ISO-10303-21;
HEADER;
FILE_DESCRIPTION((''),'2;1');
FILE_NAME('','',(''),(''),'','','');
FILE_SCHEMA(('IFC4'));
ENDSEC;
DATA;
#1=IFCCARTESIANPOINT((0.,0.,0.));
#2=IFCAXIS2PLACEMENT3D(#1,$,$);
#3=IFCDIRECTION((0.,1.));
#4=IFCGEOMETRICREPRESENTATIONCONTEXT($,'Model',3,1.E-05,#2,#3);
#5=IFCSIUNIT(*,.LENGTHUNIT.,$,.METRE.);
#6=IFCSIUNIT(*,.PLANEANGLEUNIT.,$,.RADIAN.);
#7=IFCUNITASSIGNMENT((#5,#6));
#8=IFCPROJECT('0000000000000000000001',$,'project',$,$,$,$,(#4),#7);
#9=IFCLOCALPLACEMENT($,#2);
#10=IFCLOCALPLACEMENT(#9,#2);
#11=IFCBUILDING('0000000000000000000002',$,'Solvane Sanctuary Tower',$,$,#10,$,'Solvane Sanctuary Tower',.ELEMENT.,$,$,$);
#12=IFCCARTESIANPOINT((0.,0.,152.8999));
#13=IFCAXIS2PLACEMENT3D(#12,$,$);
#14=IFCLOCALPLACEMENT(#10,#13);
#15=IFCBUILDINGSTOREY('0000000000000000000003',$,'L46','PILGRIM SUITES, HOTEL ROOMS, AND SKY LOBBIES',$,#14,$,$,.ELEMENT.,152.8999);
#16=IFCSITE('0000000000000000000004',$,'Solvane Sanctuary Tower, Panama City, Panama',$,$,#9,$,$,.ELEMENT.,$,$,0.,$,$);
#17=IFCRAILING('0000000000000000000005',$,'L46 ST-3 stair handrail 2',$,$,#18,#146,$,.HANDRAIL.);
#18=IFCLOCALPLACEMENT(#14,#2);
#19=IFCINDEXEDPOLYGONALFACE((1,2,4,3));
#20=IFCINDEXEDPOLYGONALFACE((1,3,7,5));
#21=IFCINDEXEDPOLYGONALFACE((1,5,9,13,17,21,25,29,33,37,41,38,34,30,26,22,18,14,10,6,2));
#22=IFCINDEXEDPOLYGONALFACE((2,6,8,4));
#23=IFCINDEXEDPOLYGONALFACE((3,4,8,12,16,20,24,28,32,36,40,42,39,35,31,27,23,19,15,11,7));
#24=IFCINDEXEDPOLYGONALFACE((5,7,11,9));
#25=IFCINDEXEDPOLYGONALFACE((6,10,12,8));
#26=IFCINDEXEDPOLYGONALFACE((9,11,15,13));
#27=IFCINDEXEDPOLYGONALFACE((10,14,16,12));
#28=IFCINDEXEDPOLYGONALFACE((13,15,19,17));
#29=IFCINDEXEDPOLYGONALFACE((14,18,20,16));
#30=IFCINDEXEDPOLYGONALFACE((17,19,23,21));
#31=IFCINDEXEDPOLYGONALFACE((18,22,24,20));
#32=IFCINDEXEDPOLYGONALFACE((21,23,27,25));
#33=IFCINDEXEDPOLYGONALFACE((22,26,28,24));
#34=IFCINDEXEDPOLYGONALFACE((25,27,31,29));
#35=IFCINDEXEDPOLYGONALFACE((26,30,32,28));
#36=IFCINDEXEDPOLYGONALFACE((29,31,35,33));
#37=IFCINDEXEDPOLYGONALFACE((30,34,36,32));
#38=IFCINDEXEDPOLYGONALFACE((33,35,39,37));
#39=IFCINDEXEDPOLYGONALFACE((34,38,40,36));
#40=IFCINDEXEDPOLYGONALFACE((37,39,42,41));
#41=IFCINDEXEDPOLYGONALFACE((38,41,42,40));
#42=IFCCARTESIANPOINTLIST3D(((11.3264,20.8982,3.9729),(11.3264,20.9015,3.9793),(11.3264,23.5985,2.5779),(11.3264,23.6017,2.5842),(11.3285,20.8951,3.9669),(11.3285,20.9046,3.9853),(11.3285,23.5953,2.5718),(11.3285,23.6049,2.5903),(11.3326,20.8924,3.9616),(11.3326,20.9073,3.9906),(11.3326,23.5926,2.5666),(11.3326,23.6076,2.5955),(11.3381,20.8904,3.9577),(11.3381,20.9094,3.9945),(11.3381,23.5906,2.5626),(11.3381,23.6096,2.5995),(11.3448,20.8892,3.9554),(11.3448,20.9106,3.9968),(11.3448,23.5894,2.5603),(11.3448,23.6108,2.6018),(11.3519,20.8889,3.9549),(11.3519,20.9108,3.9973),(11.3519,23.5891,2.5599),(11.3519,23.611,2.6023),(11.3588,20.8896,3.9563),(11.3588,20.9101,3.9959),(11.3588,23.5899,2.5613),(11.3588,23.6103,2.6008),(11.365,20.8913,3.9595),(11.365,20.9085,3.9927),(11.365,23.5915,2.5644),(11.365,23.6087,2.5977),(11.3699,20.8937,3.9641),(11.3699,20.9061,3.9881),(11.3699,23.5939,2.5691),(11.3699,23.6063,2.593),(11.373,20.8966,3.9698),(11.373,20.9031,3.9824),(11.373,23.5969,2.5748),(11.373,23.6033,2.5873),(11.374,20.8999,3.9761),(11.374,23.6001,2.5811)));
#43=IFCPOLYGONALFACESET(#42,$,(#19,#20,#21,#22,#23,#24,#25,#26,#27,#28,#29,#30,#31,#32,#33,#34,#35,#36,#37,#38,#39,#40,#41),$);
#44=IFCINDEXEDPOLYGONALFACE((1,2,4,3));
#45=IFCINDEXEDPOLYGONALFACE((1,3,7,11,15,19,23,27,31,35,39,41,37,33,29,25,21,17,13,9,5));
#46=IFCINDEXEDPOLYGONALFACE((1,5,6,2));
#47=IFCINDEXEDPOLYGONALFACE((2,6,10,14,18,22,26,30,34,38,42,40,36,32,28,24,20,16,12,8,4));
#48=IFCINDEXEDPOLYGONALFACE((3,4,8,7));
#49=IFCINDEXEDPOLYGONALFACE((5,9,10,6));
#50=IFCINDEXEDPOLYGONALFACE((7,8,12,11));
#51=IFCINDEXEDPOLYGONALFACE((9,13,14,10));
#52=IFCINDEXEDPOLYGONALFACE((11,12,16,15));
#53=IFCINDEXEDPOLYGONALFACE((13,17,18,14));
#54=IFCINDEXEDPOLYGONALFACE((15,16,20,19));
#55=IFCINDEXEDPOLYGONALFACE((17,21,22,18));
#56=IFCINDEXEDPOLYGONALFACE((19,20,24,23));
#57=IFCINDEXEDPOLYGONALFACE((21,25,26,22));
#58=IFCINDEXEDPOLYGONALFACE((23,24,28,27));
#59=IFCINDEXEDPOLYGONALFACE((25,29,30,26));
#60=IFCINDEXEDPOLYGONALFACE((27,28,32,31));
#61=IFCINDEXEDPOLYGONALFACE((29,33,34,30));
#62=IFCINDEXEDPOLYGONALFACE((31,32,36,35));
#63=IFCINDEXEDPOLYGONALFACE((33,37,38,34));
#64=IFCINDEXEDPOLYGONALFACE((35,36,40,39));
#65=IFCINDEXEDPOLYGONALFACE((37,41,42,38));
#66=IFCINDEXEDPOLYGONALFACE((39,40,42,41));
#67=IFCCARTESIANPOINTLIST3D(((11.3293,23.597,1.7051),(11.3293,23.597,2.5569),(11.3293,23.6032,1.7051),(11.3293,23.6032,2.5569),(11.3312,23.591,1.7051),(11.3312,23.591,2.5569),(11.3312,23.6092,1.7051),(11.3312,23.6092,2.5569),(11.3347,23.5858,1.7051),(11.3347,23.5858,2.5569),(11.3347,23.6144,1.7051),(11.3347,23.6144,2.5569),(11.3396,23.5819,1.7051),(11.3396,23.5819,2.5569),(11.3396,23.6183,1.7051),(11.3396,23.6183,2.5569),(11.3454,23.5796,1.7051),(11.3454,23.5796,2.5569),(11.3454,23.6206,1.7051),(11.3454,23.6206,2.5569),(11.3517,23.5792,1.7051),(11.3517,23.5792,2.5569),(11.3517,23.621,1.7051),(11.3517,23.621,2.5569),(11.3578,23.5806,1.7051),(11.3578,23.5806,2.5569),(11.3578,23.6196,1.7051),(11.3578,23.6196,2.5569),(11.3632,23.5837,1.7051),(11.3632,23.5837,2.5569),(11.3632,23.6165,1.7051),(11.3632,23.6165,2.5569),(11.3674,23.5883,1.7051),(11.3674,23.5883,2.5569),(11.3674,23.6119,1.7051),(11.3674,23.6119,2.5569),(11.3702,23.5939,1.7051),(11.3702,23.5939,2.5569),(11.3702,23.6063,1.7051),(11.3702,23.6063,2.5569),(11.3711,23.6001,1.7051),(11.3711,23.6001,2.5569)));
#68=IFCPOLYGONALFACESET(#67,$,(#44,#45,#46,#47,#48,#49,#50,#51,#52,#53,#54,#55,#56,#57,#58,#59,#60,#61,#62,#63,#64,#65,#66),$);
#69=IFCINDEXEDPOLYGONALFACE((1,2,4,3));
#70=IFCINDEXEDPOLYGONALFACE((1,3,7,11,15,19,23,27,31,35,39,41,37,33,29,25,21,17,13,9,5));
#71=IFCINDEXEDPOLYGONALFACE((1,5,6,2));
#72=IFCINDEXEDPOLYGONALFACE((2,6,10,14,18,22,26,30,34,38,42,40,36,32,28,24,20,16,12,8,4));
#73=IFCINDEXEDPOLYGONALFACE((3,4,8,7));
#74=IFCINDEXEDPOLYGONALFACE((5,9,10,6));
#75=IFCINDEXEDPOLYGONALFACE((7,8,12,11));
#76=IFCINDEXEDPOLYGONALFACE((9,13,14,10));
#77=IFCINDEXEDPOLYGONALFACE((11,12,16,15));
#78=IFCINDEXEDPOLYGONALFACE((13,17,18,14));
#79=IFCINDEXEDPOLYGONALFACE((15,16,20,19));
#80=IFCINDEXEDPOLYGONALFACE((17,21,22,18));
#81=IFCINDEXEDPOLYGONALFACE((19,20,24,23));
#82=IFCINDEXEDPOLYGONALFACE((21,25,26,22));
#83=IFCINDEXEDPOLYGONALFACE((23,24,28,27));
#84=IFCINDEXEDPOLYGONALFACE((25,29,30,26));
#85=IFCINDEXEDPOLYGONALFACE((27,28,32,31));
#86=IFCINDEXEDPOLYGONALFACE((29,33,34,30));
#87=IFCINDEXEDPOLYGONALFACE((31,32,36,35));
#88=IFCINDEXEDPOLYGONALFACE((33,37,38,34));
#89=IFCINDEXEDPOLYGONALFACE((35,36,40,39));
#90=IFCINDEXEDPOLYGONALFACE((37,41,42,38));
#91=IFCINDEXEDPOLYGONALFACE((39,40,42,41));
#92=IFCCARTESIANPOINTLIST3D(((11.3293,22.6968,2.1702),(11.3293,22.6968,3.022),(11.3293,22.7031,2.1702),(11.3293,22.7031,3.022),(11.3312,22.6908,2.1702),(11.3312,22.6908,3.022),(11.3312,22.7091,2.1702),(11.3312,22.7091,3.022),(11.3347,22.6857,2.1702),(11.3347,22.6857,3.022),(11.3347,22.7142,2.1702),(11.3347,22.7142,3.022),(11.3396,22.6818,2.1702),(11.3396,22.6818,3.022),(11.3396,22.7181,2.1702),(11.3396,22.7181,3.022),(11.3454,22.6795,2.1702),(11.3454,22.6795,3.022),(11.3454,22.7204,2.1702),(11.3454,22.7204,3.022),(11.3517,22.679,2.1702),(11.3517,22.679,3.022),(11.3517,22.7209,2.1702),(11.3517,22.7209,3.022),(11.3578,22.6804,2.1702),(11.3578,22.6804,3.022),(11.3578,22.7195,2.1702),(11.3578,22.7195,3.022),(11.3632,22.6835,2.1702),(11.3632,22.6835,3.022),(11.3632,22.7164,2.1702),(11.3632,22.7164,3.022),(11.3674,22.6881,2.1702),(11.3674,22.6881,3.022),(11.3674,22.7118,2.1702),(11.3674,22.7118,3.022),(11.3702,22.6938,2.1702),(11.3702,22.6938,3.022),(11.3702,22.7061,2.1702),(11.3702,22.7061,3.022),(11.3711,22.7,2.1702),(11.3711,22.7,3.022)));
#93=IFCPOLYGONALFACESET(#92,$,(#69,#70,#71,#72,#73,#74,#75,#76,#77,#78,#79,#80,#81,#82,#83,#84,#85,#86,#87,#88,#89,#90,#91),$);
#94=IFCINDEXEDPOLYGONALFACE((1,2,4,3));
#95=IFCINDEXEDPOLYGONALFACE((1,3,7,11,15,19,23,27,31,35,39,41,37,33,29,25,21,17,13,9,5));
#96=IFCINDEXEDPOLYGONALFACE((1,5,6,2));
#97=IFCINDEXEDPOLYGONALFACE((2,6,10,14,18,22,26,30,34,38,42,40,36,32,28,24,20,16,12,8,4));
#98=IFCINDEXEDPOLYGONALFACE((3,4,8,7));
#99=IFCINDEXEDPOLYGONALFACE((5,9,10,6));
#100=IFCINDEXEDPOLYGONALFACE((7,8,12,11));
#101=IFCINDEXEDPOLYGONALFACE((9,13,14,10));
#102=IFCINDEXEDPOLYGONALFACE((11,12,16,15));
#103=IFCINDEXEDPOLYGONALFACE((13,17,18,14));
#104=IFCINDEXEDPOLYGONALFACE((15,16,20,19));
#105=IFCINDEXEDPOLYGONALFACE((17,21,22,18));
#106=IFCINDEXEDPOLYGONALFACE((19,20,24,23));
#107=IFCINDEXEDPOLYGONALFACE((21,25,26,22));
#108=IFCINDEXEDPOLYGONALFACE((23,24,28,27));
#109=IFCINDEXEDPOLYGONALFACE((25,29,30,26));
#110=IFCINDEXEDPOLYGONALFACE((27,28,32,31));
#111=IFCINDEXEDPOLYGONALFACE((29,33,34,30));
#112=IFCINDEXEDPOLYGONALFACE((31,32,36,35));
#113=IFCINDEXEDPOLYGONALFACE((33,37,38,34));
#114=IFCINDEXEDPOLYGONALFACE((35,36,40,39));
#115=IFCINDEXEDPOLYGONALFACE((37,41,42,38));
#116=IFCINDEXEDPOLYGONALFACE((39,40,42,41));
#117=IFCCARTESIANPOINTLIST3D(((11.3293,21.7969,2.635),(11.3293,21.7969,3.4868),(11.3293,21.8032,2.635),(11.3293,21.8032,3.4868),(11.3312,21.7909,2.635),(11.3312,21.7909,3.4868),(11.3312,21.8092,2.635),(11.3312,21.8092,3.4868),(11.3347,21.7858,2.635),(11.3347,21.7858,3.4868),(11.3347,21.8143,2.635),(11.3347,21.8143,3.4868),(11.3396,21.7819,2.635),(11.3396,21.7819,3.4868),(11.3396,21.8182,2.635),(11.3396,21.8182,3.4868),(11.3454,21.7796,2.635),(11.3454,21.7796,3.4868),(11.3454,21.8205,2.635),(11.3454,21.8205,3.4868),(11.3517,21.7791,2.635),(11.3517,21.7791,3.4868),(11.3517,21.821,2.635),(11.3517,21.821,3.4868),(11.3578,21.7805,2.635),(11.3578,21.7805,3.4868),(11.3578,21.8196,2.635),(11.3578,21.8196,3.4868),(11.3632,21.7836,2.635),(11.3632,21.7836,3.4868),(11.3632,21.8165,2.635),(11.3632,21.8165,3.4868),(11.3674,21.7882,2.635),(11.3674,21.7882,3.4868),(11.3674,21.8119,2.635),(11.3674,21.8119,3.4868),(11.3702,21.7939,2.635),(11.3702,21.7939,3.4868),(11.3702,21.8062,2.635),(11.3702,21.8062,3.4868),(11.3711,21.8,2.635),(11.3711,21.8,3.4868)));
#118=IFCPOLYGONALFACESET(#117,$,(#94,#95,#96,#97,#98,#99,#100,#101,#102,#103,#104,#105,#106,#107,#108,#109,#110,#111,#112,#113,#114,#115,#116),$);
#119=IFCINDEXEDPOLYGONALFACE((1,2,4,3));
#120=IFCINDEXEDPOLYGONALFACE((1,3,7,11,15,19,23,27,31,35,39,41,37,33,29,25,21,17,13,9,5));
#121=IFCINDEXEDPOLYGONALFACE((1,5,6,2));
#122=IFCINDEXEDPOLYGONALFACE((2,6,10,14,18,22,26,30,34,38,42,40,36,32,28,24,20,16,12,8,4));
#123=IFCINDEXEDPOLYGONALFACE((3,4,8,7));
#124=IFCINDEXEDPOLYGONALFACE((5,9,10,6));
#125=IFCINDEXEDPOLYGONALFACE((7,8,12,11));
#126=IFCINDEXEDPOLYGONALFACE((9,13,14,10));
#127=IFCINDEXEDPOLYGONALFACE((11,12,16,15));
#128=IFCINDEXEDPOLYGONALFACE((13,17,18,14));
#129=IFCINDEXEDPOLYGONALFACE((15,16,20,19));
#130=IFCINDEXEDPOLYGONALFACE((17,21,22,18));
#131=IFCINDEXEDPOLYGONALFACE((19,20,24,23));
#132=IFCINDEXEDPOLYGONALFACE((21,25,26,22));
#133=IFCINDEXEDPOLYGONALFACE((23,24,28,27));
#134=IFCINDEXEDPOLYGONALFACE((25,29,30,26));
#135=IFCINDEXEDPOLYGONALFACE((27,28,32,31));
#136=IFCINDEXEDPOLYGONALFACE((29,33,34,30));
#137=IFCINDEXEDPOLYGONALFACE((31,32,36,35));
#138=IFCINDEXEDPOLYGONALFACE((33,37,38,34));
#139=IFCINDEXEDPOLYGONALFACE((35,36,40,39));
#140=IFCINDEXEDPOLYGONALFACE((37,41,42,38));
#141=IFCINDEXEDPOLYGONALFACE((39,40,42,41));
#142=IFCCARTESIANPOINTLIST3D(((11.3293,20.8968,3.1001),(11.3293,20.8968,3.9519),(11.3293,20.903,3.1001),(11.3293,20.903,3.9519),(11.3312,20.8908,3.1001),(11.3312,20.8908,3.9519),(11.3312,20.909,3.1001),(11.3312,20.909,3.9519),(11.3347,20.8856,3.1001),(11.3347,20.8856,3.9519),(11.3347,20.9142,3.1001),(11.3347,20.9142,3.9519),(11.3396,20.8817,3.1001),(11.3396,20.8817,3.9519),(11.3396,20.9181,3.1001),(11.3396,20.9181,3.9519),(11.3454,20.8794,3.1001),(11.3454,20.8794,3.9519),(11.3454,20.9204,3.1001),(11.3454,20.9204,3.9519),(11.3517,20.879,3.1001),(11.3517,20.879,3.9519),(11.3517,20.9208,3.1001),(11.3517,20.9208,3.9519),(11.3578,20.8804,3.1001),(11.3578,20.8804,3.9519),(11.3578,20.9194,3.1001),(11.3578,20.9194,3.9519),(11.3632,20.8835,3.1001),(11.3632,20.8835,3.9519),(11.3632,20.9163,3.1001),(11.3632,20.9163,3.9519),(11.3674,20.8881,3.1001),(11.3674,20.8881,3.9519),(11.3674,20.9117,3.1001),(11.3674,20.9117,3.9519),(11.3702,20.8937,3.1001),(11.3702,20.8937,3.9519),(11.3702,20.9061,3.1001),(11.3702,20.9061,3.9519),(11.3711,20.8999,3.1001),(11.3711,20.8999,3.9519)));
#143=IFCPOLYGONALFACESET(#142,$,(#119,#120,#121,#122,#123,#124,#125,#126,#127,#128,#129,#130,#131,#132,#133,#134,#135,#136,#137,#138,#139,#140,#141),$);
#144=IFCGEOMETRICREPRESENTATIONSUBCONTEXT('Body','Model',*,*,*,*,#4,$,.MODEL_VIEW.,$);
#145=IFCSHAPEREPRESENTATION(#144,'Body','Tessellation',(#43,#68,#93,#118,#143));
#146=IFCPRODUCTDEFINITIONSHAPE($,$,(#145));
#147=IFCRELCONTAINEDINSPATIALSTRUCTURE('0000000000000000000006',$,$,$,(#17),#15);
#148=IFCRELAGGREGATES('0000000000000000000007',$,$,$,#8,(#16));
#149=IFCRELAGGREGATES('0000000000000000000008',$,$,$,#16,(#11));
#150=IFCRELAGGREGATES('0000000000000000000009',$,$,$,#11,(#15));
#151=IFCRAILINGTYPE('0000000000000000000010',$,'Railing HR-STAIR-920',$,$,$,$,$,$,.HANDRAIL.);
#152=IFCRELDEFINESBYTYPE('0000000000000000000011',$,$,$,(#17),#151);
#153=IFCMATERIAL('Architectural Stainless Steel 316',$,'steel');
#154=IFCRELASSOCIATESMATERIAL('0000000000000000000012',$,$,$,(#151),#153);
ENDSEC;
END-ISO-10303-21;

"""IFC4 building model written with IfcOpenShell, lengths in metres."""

from ifc_helpers import new_model, si_unit, direction, frame, origin, origin_2d, place, context, subcontext, project, spatial, circle, extrude, material, type_object, element, save


model = new_model("IFC4")

# Units and contexts
model_context = context("Model", 3, precision=1e-05, world=origin(), true_north=direction((0.0, 1.0)))
body_context = subcontext(model_context, "Body", "Model", "MODEL_VIEW")
ifc_project = project(units=[si_unit("LENGTHUNIT", "METRE"), si_unit("PLANEANGLEUNIT", "RADIAN")], contexts=[model_context])

# Site, building, storey
site_placement = place(None, origin())
site = spatial("IfcSite", under=ifc_project, at=site_placement, Name="Solvane Sanctuary Tower, Panama City, Panama", CompositionType="ELEMENT", RefElevation=0.0)
building_placement = place(site_placement, origin())
building = spatial("IfcBuilding", under=site, at=building_placement, Name="Solvane Sanctuary Tower", LongName="Solvane Sanctuary Tower", CompositionType="ELEMENT")
storey_placement = place(building_placement, frame((0.0, 0.0, 152.8999)))
storey = spatial("IfcBuildingStorey", under=building, at=storey_placement, Name="L46", Description="PILGRIM SUITES, HOTEL ROOMS, AND SKY LOBBIES", CompositionType="ELEMENT", Elevation=152.8999)

# Shared definitions
ifc_material_1 = material(Name="Architectural Stainless Steel 316", Category="steel")

# Railing
railing_type_1 = type_object("IfcRailingType", Name="Railing HR-STAIR-920", PredefinedType="HANDRAIL", material=ifc_material_1)
railing_1_placement = place(storey_placement, frame((11.3501, 23.6001, 1.7051)))
element("IfcRailing", 1, at=railing_1_placement, inside=storey, type_object=railing_type_1, Name="L46 ST-3 stair handrail 2", PredefinedType="HANDRAIL", context=body_context, shape_type="SweptSolid", body=[
    extrude(circle(Radius=0.0239, at=origin_2d()), frame((0.0, 0.0, 0.876), z_axis=(0.0, -0.888437, 0.458999), x_axis=(1.0, 0.0, 0.0)), (0.0, 0.0, 1.0), 3.0393),
    extrude(circle(Radius=0.021, at=origin_2d()), origin(), (0.0, 0.0, 1.0), 0.8518),
    extrude(circle(Radius=0.021, at=origin_2d()), frame((0.0, -0.9001, 0.4651)), (0.0, 0.0, 1.0), 0.8518),
    extrude(circle(Radius=0.021, at=origin_2d()), frame((0.0, -1.8, 0.9299)), (0.0, 0.0, 1.0), 0.8518),
    extrude(circle(Radius=0.021, at=origin_2d()), frame((0.0, -2.7002, 1.395)), (0.0, 0.0, 1.0), 0.8518),
])

save(model, "model.ifc")
